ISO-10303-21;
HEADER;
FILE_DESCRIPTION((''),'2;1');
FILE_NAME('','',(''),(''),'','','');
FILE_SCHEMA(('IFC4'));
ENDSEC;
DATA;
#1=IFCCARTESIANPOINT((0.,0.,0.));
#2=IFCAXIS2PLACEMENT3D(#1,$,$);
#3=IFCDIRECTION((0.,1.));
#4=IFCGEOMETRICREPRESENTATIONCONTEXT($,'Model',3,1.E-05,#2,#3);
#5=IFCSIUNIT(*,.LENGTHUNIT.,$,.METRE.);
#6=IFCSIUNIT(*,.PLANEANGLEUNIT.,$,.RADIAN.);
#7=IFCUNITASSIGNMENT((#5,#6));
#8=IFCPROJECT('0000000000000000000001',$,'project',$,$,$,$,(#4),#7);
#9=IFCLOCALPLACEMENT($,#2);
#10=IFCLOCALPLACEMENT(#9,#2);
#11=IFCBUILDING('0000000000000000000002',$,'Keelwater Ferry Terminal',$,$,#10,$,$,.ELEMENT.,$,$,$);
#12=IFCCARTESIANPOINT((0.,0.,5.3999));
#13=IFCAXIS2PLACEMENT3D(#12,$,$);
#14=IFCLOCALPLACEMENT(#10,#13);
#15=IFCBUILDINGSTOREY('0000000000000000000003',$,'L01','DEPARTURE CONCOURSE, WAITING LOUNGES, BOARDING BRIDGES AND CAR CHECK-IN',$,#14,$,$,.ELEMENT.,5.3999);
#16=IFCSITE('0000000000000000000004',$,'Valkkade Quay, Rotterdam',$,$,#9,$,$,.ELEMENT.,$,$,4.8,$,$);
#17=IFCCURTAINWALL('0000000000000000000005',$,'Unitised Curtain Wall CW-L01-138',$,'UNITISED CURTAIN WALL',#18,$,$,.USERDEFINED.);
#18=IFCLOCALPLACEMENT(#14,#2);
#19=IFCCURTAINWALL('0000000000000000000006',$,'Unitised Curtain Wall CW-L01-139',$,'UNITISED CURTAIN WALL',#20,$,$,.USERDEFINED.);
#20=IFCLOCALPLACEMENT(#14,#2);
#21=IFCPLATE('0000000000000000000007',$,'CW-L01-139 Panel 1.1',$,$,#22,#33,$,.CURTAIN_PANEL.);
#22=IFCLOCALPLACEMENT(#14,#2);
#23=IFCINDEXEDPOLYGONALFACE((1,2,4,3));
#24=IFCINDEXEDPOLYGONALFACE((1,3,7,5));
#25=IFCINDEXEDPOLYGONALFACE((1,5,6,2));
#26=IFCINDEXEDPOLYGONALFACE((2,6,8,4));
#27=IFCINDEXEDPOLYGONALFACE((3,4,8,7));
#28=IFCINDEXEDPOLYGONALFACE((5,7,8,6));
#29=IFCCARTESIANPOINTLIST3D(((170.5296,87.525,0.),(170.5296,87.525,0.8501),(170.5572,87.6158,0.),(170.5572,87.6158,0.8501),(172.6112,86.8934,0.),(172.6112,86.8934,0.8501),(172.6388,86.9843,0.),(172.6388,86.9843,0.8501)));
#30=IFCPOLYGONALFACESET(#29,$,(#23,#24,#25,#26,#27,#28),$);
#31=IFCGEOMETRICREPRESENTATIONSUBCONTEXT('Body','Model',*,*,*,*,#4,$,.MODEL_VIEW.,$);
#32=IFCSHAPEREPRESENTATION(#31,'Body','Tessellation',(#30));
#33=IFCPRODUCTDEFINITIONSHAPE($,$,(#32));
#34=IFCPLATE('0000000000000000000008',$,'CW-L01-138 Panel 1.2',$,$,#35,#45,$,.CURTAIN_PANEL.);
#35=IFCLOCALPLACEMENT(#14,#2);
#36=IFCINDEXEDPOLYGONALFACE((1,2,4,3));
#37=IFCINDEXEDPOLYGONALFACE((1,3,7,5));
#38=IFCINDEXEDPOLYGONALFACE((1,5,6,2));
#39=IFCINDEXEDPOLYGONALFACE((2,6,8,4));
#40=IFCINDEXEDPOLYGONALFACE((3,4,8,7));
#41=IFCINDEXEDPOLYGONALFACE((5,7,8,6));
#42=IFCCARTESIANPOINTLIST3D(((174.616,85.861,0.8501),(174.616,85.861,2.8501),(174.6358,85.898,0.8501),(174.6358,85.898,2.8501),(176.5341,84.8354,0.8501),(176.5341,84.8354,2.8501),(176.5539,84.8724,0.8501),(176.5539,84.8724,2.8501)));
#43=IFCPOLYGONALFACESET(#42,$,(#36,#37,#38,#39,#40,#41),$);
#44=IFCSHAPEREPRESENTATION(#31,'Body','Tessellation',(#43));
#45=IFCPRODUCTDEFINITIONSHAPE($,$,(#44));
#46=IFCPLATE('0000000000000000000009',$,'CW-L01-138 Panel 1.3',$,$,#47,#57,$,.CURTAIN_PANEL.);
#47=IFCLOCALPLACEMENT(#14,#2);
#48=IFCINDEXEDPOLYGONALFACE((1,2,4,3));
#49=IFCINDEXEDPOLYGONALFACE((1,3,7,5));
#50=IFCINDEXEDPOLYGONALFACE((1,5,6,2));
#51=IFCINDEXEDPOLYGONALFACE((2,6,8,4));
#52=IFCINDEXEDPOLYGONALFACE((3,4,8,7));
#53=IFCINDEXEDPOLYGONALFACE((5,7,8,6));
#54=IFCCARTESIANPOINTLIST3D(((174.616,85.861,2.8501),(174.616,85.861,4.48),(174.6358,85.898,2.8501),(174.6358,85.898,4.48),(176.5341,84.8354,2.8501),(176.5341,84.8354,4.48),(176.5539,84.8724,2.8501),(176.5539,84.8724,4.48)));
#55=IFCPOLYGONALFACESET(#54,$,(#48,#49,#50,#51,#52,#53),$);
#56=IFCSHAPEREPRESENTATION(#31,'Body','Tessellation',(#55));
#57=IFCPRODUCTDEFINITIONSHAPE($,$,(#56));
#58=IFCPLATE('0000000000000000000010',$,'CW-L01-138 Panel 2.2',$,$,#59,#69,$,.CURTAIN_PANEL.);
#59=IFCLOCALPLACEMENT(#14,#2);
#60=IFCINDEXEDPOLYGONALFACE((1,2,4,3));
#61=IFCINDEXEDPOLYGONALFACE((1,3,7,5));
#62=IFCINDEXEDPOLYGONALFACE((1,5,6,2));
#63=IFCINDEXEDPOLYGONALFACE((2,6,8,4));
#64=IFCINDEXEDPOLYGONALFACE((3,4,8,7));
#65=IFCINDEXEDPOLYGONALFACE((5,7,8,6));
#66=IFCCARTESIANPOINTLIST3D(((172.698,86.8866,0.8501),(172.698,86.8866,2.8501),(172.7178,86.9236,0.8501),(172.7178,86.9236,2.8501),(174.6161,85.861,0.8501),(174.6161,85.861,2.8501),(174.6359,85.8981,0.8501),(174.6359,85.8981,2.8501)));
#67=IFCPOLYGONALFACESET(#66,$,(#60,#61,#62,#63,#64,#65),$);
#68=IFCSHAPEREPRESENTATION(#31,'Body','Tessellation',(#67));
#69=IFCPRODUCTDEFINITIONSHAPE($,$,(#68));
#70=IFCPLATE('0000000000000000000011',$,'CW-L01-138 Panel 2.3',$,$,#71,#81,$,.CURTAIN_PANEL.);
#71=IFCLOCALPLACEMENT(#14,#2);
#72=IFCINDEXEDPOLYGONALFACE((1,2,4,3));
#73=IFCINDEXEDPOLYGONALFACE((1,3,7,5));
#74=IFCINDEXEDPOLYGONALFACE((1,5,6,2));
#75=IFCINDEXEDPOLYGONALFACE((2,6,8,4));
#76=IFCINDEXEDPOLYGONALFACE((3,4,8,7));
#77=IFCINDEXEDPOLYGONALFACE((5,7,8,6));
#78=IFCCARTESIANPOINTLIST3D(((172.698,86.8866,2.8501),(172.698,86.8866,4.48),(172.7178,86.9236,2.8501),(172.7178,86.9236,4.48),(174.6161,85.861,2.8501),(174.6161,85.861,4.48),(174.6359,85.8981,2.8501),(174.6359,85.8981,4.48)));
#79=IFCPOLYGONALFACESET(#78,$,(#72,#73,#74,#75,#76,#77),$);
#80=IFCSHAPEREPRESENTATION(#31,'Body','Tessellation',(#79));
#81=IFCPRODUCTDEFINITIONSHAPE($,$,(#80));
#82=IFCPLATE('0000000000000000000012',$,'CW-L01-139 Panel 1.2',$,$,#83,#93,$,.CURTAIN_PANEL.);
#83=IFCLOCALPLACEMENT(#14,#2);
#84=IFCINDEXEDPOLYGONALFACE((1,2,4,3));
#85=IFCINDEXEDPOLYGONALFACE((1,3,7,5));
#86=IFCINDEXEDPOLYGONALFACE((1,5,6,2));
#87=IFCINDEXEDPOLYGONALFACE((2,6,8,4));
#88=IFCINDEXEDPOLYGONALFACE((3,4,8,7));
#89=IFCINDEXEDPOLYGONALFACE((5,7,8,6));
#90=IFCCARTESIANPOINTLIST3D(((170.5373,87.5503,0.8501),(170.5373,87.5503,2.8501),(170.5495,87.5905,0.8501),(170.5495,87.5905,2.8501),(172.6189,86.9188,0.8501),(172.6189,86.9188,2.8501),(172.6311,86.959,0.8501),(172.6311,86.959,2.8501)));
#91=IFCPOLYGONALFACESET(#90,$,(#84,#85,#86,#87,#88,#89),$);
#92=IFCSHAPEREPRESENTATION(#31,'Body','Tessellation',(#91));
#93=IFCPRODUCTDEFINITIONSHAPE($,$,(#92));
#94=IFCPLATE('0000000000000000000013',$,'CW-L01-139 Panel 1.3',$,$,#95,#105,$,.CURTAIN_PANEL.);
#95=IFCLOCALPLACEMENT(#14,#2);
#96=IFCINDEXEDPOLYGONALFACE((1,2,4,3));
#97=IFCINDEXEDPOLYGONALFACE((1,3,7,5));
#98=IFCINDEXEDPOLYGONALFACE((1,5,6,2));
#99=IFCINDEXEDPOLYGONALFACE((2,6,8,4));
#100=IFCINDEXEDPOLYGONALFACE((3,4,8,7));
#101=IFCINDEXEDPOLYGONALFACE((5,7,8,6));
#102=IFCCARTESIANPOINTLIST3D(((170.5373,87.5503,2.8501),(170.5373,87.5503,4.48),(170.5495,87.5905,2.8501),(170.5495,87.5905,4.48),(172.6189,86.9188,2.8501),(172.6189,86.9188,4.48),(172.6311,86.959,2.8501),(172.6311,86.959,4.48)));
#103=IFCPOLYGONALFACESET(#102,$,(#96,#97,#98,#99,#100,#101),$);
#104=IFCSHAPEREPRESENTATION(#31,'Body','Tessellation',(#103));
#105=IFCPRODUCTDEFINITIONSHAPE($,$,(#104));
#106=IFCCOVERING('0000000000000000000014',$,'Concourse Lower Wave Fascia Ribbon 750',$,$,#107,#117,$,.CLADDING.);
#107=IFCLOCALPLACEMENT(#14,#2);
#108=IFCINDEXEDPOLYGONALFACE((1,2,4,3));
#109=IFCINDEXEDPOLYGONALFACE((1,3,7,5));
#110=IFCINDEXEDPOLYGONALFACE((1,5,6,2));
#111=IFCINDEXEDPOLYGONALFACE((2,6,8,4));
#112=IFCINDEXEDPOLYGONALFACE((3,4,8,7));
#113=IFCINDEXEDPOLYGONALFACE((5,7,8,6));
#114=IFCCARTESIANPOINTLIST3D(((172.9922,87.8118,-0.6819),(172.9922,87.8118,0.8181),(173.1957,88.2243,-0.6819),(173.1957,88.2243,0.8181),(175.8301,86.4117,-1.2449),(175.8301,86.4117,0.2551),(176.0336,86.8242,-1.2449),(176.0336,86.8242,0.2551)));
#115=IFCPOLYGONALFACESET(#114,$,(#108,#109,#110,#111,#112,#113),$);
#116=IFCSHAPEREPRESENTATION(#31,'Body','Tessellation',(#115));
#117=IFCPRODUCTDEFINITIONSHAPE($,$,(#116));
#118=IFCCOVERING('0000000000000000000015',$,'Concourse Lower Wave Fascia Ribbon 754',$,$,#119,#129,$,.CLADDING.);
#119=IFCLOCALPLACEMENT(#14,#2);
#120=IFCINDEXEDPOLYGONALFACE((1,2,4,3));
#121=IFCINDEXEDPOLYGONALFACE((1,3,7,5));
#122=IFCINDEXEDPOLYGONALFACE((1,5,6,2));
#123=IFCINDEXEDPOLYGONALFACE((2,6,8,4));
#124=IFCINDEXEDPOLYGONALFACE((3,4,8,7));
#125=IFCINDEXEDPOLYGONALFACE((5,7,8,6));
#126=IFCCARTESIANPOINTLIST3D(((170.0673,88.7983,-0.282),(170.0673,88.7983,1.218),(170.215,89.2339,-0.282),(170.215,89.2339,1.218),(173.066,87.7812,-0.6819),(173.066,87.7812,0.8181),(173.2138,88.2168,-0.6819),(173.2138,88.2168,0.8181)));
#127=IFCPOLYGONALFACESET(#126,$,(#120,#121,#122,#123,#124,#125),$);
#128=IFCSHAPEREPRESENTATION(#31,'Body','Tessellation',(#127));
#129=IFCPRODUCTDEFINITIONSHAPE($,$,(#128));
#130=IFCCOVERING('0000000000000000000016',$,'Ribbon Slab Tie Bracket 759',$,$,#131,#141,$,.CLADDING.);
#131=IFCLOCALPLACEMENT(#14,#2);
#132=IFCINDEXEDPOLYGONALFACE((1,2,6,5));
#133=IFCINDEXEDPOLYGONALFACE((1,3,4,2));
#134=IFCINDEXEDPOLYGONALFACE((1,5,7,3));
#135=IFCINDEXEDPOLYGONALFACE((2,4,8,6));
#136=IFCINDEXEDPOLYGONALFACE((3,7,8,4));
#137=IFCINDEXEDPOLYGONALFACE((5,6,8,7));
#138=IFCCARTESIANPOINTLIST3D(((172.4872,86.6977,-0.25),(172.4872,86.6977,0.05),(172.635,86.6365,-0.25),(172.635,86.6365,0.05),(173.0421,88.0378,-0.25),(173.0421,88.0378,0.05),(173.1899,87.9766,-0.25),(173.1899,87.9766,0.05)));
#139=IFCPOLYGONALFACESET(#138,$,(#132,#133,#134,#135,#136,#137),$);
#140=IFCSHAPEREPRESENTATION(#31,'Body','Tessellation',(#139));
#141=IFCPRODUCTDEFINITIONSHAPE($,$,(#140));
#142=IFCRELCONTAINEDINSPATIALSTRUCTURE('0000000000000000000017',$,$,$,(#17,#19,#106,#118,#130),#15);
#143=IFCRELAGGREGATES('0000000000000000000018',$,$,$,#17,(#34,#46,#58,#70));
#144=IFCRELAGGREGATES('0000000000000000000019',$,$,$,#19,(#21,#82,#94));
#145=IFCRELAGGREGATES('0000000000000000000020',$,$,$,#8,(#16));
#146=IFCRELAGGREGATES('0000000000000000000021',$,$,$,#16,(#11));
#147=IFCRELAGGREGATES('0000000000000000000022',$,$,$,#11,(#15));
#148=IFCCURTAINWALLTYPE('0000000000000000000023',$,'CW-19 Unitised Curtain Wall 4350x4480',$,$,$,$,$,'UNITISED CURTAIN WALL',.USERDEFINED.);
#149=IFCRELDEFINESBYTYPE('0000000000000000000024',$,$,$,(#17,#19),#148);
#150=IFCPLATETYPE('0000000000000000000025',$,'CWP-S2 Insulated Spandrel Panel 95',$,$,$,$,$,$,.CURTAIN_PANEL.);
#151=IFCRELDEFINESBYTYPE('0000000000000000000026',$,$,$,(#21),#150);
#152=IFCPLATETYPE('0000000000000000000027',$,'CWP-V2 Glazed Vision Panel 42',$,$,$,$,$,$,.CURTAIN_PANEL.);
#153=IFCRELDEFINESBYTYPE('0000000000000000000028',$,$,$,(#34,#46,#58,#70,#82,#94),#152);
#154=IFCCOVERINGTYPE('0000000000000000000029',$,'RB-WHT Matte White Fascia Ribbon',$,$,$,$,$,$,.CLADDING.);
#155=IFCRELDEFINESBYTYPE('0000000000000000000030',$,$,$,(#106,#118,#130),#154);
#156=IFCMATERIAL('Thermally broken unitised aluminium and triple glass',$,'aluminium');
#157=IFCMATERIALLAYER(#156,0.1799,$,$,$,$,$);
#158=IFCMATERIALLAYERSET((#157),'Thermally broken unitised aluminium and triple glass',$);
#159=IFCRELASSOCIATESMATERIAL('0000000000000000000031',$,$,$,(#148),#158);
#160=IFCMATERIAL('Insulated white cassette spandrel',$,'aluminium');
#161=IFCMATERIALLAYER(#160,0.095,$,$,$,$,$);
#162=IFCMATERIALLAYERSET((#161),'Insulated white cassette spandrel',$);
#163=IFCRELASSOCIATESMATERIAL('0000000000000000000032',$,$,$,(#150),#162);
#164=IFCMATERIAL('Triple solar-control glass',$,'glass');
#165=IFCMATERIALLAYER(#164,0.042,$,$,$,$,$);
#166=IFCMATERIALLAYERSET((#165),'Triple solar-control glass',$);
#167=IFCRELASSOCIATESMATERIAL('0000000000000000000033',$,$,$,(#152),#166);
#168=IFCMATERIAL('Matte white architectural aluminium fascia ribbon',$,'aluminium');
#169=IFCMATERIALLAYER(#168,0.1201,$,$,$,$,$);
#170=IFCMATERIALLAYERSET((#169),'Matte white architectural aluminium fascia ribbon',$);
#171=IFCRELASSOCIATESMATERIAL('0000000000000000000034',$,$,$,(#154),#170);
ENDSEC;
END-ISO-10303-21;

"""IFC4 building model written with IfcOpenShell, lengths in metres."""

from ifc_helpers import new_model, si_unit, direction, frame, frame_2d, origin, origin_2d, place, context, subcontext, project, spatial, polyline, rectangle, outline, extrude, material, layer, layer_set, type_object, element, aggregate, save


model = new_model("IFC4")

# Units and contexts
model_context = context("Model", 3, precision=1e-05, world=origin(), true_north=direction((0.0, 1.0)))
body_context = subcontext(model_context, "Body", "Model", "MODEL_VIEW")
ifc_project = project(units=[si_unit("LENGTHUNIT", "METRE"), si_unit("PLANEANGLEUNIT", "RADIAN")], contexts=[model_context])

# Site, building, storey
site_placement = place(None, origin())
site = spatial("IfcSite", under=ifc_project, at=site_placement, Name="Valkkade Quay, Rotterdam", CompositionType="ELEMENT", RefElevation=4.8)
building_placement = place(site_placement, origin())
building = spatial("IfcBuilding", under=site, at=building_placement, Name="Keelwater Ferry Terminal", CompositionType="ELEMENT")
storey_placement = place(building_placement, frame((0.0, 0.0, 5.3999)))
storey = spatial("IfcBuildingStorey", under=building, at=storey_placement, Name="L01", Description="DEPARTURE CONCOURSE, WAITING LOUNGES, BOARDING BRIDGES AND CAR CHECK-IN", CompositionType="ELEMENT", Elevation=5.3999)

# Shared definitions
ifc_material_1 = material(Name="Thermally broken unitised aluminium and triple glass", Category="aluminium")
ifc_layer_1 = layer(ifc_material_1, 0.1799)
ifc_layer_set_1 = layer_set([ifc_layer_1], Name="Thermally broken unitised aluminium and triple glass")
curtain_wall_type = type_object("IfcCurtainWallType", Name="CW-19 Unitised Curtain Wall 4350x4480", ElementType="UNITISED CURTAIN WALL", PredefinedType="USERDEFINED", material=ifc_layer_set_1)

# Curtain walls
curtain_wall_1_placement = place(storey_placement, origin())
curtain_wall_1 = element("IfcCurtainWall", 1, at=curtain_wall_1_placement, inside=storey, type_object=curtain_wall_type, Name="Unitised Curtain Wall CW-L01-138", ObjectType="UNITISED CURTAIN WALL", PredefinedType="USERDEFINED")
curtain_wall_2_placement = place(storey_placement, origin())
curtain_wall_2 = element("IfcCurtainWall", 2, at=curtain_wall_2_placement, inside=storey, type_object=curtain_wall_type, Name="Unitised Curtain Wall CW-L01-139", ObjectType="UNITISED CURTAIN WALL", PredefinedType="USERDEFINED")

# Plates
ifc_material_2 = material(Name="Insulated white cassette spandrel", Category="aluminium")
ifc_layer_2 = layer(ifc_material_2, 0.095)
ifc_layer_set_2 = layer_set([ifc_layer_2], Name="Insulated white cassette spandrel")
plate_type_1 = type_object("IfcPlateType", Name="CWP-S2 Insulated Spandrel Panel 95", PredefinedType="CURTAIN_PANEL", material=ifc_layer_set_2)
plate_1_placement = place(storey_placement, frame((171.5842, 87.2546, 0.0), z_axis=(0.0, 0.0, 1.0), x_axis=(-0.95693, 0.29032, 0.0)))
plate_1 = element("IfcPlate", 3, at=plate_1_placement, type_object=plate_type_1, Name="CW-L01-139 Panel 1.1", PredefinedType="CURTAIN_PANEL", context=body_context, shape_type="SweptSolid", body=[
    extrude(rectangle(XDim=2.1753, YDim=0.095, at=origin_2d()), origin(), (0.0, 0.0, 1.0), 0.8501),
])
ifc_material_3 = material(Name="Triple solar-control glass", Category="glass")
ifc_layer_3 = layer(ifc_material_3, 0.042)
ifc_layer_set_3 = layer_set([ifc_layer_3], Name="Triple solar-control glass")
plate_type_2 = type_object("IfcPlateType", Name="CWP-V2 Glazed Vision Panel 42", PredefinedType="CURTAIN_PANEL", material=ifc_layer_set_3)
plate_2_placement = place(storey_placement, frame((175.585, 85.3667, 0.8501), z_axis=(0.0, 0.0, 1.0), x_axis=(-0.881862, 0.471507, 0.0)))
plate_2 = element("IfcPlate", 4, at=plate_2_placement, type_object=plate_type_2, Name="CW-L01-138 Panel 1.2", PredefinedType="CURTAIN_PANEL", context=body_context, shape_type="SweptSolid", body=[
    extrude(rectangle(XDim=2.175, YDim=0.042, at=origin_2d()), origin(), (0.0, 0.0, 1.0), 2.0),
])
plate_3_placement = place(storey_placement, frame((175.585, 85.3667, 2.8501), z_axis=(0.0, 0.0, 1.0), x_axis=(-0.881862, 0.471507, 0.0)))
plate_3 = element("IfcPlate", 5, at=plate_3_placement, type_object=plate_type_2, Name="CW-L01-138 Panel 1.3", PredefinedType="CURTAIN_PANEL", context=body_context, shape_type="SweptSolid", body=[
    extrude(rectangle(XDim=2.175, YDim=0.042, at=origin_2d()), origin(), (0.0, 0.0, 1.0), 1.6299),
])
plate_4_placement = place(storey_placement, frame((173.667, 86.3923, 0.8501), z_axis=(0.0, 0.0, 1.0), x_axis=(-0.881862, 0.471507, 0.0)))
plate_4 = element("IfcPlate", 6, at=plate_4_placement, type_object=plate_type_2, Name="CW-L01-138 Panel 2.2", PredefinedType="CURTAIN_PANEL", context=body_context, shape_type="SweptSolid", body=[
    extrude(rectangle(XDim=2.175, YDim=0.042, at=origin_2d()), origin(), (0.0, 0.0, 1.0), 2.0),
])
plate_5_placement = place(storey_placement, frame((173.667, 86.3923, 2.8501), z_axis=(0.0, 0.0, 1.0), x_axis=(-0.881862, 0.471507, 0.0)))
plate_5 = element("IfcPlate", 7, at=plate_5_placement, type_object=plate_type_2, Name="CW-L01-138 Panel 2.3", PredefinedType="CURTAIN_PANEL", context=body_context, shape_type="SweptSolid", body=[
    extrude(rectangle(XDim=2.175, YDim=0.042, at=origin_2d()), origin(), (0.0, 0.0, 1.0), 1.6299),
])
aggregate(curtain_wall_1, [plate_2, plate_3, plate_4, plate_5])
plate_6_placement = place(storey_placement, frame((171.5842, 87.2546, 0.8501), z_axis=(0.0, 0.0, 1.0), x_axis=(-0.95693, 0.29032, 0.0)))
plate_6 = element("IfcPlate", 8, at=plate_6_placement, type_object=plate_type_2, Name="CW-L01-139 Panel 1.2", PredefinedType="CURTAIN_PANEL", context=body_context, shape_type="SweptSolid", body=[
    extrude(rectangle(XDim=2.1753, YDim=0.042, at=origin_2d()), origin(), (0.0, 0.0, 1.0), 2.0),
])
plate_7_placement = place(storey_placement, frame((171.5842, 87.2546, 2.8501), z_axis=(0.0, 0.0, 1.0), x_axis=(-0.95693, 0.29032, 0.0)))
plate_7 = element("IfcPlate", 9, at=plate_7_placement, type_object=plate_type_2, Name="CW-L01-139 Panel 1.3", PredefinedType="CURTAIN_PANEL", context=body_context, shape_type="SweptSolid", body=[
    extrude(rectangle(XDim=2.1753, YDim=0.042, at=origin_2d()), origin(), (0.0, 0.0, 1.0), 1.6299),
])
aggregate(curtain_wall_2, [plate_1, plate_6, plate_7])

# Coverings
ifc_material_4 = material(Name="Matte white architectural aluminium fascia ribbon", Category="aluminium")
ifc_layer_4 = layer(ifc_material_4, 0.1201)
ifc_layer_set_4 = layer_set([ifc_layer_4], Name="Matte white architectural aluminium fascia ribbon")
covering_type = type_object("IfcCoveringType", Name="RB-WHT Matte White Fascia Ribbon", PredefinedType="CLADDING", material=ifc_layer_set_4)
covering_1_placement = place(storey_placement, frame((175.9319, 86.6179, -1.2449), z_axis=(0.0, 0.0, 1.0), x_axis=(-0.896791, 0.442455, 0.0)))
element("IfcCovering", 10, at=covering_1_placement, inside=storey, type_object=covering_type, Name="Concourse Lower Wave Fascia Ribbon 750", PredefinedType="CLADDING", context=body_context, shape_type="SweptSolid", body=[
    extrude(outline(polyline([(0.0, 0.0), (3.1646, 0.563), (3.1646, 2.063), (0.0, 1.5), (0.0, 0.0)])), frame((0.0, 0.23, 0.0), z_axis=(0.0, -1.0, 0.0), x_axis=(1.0, 0.0, 0.0)), (0.0, 0.0, 1.0), 0.46),
])
covering_2_placement = place(storey_placement, frame((173.1399, 87.999, -0.6819), z_axis=(0.0, 0.0, 1.0), x_axis=(-0.947013, 0.321196, 0.0)))
element("IfcCovering", 11, at=covering_2_placement, inside=storey, type_object=covering_type, Name="Concourse Lower Wave Fascia Ribbon 754", PredefinedType="CLADDING", context=body_context, shape_type="SweptSolid", body=[
    extrude(outline(polyline([(0.0, 0.0), (3.1665, 0.3999), (3.1665, 1.8999), (0.0, 1.5), (0.0, 0.0)])), frame((0.0, 0.23, 0.0), z_axis=(0.0, -1.0, 0.0), x_axis=(1.0, 0.0, 0.0)), (0.0, 0.0, 1.0), 0.46),
])
covering_3_placement = place(storey_placement, frame((173.116, 88.0071, -0.25), z_axis=(0.0, 0.0, 1.0), x_axis=(-0.382595, -0.923916, 0.0)))
element("IfcCovering", 12, at=covering_3_placement, inside=storey, type_object=covering_type, Name="Ribbon Slab Tie Bracket 759", PredefinedType="CLADDING", context=body_context, shape_type="SweptSolid", body=[
    extrude(rectangle(XDim=1.4504, YDim=0.1599, at=frame_2d((0.7251, 0.0))), origin(), (0.0, 0.0, 1.0), 0.3),
])

save(model, "model.ifc")
